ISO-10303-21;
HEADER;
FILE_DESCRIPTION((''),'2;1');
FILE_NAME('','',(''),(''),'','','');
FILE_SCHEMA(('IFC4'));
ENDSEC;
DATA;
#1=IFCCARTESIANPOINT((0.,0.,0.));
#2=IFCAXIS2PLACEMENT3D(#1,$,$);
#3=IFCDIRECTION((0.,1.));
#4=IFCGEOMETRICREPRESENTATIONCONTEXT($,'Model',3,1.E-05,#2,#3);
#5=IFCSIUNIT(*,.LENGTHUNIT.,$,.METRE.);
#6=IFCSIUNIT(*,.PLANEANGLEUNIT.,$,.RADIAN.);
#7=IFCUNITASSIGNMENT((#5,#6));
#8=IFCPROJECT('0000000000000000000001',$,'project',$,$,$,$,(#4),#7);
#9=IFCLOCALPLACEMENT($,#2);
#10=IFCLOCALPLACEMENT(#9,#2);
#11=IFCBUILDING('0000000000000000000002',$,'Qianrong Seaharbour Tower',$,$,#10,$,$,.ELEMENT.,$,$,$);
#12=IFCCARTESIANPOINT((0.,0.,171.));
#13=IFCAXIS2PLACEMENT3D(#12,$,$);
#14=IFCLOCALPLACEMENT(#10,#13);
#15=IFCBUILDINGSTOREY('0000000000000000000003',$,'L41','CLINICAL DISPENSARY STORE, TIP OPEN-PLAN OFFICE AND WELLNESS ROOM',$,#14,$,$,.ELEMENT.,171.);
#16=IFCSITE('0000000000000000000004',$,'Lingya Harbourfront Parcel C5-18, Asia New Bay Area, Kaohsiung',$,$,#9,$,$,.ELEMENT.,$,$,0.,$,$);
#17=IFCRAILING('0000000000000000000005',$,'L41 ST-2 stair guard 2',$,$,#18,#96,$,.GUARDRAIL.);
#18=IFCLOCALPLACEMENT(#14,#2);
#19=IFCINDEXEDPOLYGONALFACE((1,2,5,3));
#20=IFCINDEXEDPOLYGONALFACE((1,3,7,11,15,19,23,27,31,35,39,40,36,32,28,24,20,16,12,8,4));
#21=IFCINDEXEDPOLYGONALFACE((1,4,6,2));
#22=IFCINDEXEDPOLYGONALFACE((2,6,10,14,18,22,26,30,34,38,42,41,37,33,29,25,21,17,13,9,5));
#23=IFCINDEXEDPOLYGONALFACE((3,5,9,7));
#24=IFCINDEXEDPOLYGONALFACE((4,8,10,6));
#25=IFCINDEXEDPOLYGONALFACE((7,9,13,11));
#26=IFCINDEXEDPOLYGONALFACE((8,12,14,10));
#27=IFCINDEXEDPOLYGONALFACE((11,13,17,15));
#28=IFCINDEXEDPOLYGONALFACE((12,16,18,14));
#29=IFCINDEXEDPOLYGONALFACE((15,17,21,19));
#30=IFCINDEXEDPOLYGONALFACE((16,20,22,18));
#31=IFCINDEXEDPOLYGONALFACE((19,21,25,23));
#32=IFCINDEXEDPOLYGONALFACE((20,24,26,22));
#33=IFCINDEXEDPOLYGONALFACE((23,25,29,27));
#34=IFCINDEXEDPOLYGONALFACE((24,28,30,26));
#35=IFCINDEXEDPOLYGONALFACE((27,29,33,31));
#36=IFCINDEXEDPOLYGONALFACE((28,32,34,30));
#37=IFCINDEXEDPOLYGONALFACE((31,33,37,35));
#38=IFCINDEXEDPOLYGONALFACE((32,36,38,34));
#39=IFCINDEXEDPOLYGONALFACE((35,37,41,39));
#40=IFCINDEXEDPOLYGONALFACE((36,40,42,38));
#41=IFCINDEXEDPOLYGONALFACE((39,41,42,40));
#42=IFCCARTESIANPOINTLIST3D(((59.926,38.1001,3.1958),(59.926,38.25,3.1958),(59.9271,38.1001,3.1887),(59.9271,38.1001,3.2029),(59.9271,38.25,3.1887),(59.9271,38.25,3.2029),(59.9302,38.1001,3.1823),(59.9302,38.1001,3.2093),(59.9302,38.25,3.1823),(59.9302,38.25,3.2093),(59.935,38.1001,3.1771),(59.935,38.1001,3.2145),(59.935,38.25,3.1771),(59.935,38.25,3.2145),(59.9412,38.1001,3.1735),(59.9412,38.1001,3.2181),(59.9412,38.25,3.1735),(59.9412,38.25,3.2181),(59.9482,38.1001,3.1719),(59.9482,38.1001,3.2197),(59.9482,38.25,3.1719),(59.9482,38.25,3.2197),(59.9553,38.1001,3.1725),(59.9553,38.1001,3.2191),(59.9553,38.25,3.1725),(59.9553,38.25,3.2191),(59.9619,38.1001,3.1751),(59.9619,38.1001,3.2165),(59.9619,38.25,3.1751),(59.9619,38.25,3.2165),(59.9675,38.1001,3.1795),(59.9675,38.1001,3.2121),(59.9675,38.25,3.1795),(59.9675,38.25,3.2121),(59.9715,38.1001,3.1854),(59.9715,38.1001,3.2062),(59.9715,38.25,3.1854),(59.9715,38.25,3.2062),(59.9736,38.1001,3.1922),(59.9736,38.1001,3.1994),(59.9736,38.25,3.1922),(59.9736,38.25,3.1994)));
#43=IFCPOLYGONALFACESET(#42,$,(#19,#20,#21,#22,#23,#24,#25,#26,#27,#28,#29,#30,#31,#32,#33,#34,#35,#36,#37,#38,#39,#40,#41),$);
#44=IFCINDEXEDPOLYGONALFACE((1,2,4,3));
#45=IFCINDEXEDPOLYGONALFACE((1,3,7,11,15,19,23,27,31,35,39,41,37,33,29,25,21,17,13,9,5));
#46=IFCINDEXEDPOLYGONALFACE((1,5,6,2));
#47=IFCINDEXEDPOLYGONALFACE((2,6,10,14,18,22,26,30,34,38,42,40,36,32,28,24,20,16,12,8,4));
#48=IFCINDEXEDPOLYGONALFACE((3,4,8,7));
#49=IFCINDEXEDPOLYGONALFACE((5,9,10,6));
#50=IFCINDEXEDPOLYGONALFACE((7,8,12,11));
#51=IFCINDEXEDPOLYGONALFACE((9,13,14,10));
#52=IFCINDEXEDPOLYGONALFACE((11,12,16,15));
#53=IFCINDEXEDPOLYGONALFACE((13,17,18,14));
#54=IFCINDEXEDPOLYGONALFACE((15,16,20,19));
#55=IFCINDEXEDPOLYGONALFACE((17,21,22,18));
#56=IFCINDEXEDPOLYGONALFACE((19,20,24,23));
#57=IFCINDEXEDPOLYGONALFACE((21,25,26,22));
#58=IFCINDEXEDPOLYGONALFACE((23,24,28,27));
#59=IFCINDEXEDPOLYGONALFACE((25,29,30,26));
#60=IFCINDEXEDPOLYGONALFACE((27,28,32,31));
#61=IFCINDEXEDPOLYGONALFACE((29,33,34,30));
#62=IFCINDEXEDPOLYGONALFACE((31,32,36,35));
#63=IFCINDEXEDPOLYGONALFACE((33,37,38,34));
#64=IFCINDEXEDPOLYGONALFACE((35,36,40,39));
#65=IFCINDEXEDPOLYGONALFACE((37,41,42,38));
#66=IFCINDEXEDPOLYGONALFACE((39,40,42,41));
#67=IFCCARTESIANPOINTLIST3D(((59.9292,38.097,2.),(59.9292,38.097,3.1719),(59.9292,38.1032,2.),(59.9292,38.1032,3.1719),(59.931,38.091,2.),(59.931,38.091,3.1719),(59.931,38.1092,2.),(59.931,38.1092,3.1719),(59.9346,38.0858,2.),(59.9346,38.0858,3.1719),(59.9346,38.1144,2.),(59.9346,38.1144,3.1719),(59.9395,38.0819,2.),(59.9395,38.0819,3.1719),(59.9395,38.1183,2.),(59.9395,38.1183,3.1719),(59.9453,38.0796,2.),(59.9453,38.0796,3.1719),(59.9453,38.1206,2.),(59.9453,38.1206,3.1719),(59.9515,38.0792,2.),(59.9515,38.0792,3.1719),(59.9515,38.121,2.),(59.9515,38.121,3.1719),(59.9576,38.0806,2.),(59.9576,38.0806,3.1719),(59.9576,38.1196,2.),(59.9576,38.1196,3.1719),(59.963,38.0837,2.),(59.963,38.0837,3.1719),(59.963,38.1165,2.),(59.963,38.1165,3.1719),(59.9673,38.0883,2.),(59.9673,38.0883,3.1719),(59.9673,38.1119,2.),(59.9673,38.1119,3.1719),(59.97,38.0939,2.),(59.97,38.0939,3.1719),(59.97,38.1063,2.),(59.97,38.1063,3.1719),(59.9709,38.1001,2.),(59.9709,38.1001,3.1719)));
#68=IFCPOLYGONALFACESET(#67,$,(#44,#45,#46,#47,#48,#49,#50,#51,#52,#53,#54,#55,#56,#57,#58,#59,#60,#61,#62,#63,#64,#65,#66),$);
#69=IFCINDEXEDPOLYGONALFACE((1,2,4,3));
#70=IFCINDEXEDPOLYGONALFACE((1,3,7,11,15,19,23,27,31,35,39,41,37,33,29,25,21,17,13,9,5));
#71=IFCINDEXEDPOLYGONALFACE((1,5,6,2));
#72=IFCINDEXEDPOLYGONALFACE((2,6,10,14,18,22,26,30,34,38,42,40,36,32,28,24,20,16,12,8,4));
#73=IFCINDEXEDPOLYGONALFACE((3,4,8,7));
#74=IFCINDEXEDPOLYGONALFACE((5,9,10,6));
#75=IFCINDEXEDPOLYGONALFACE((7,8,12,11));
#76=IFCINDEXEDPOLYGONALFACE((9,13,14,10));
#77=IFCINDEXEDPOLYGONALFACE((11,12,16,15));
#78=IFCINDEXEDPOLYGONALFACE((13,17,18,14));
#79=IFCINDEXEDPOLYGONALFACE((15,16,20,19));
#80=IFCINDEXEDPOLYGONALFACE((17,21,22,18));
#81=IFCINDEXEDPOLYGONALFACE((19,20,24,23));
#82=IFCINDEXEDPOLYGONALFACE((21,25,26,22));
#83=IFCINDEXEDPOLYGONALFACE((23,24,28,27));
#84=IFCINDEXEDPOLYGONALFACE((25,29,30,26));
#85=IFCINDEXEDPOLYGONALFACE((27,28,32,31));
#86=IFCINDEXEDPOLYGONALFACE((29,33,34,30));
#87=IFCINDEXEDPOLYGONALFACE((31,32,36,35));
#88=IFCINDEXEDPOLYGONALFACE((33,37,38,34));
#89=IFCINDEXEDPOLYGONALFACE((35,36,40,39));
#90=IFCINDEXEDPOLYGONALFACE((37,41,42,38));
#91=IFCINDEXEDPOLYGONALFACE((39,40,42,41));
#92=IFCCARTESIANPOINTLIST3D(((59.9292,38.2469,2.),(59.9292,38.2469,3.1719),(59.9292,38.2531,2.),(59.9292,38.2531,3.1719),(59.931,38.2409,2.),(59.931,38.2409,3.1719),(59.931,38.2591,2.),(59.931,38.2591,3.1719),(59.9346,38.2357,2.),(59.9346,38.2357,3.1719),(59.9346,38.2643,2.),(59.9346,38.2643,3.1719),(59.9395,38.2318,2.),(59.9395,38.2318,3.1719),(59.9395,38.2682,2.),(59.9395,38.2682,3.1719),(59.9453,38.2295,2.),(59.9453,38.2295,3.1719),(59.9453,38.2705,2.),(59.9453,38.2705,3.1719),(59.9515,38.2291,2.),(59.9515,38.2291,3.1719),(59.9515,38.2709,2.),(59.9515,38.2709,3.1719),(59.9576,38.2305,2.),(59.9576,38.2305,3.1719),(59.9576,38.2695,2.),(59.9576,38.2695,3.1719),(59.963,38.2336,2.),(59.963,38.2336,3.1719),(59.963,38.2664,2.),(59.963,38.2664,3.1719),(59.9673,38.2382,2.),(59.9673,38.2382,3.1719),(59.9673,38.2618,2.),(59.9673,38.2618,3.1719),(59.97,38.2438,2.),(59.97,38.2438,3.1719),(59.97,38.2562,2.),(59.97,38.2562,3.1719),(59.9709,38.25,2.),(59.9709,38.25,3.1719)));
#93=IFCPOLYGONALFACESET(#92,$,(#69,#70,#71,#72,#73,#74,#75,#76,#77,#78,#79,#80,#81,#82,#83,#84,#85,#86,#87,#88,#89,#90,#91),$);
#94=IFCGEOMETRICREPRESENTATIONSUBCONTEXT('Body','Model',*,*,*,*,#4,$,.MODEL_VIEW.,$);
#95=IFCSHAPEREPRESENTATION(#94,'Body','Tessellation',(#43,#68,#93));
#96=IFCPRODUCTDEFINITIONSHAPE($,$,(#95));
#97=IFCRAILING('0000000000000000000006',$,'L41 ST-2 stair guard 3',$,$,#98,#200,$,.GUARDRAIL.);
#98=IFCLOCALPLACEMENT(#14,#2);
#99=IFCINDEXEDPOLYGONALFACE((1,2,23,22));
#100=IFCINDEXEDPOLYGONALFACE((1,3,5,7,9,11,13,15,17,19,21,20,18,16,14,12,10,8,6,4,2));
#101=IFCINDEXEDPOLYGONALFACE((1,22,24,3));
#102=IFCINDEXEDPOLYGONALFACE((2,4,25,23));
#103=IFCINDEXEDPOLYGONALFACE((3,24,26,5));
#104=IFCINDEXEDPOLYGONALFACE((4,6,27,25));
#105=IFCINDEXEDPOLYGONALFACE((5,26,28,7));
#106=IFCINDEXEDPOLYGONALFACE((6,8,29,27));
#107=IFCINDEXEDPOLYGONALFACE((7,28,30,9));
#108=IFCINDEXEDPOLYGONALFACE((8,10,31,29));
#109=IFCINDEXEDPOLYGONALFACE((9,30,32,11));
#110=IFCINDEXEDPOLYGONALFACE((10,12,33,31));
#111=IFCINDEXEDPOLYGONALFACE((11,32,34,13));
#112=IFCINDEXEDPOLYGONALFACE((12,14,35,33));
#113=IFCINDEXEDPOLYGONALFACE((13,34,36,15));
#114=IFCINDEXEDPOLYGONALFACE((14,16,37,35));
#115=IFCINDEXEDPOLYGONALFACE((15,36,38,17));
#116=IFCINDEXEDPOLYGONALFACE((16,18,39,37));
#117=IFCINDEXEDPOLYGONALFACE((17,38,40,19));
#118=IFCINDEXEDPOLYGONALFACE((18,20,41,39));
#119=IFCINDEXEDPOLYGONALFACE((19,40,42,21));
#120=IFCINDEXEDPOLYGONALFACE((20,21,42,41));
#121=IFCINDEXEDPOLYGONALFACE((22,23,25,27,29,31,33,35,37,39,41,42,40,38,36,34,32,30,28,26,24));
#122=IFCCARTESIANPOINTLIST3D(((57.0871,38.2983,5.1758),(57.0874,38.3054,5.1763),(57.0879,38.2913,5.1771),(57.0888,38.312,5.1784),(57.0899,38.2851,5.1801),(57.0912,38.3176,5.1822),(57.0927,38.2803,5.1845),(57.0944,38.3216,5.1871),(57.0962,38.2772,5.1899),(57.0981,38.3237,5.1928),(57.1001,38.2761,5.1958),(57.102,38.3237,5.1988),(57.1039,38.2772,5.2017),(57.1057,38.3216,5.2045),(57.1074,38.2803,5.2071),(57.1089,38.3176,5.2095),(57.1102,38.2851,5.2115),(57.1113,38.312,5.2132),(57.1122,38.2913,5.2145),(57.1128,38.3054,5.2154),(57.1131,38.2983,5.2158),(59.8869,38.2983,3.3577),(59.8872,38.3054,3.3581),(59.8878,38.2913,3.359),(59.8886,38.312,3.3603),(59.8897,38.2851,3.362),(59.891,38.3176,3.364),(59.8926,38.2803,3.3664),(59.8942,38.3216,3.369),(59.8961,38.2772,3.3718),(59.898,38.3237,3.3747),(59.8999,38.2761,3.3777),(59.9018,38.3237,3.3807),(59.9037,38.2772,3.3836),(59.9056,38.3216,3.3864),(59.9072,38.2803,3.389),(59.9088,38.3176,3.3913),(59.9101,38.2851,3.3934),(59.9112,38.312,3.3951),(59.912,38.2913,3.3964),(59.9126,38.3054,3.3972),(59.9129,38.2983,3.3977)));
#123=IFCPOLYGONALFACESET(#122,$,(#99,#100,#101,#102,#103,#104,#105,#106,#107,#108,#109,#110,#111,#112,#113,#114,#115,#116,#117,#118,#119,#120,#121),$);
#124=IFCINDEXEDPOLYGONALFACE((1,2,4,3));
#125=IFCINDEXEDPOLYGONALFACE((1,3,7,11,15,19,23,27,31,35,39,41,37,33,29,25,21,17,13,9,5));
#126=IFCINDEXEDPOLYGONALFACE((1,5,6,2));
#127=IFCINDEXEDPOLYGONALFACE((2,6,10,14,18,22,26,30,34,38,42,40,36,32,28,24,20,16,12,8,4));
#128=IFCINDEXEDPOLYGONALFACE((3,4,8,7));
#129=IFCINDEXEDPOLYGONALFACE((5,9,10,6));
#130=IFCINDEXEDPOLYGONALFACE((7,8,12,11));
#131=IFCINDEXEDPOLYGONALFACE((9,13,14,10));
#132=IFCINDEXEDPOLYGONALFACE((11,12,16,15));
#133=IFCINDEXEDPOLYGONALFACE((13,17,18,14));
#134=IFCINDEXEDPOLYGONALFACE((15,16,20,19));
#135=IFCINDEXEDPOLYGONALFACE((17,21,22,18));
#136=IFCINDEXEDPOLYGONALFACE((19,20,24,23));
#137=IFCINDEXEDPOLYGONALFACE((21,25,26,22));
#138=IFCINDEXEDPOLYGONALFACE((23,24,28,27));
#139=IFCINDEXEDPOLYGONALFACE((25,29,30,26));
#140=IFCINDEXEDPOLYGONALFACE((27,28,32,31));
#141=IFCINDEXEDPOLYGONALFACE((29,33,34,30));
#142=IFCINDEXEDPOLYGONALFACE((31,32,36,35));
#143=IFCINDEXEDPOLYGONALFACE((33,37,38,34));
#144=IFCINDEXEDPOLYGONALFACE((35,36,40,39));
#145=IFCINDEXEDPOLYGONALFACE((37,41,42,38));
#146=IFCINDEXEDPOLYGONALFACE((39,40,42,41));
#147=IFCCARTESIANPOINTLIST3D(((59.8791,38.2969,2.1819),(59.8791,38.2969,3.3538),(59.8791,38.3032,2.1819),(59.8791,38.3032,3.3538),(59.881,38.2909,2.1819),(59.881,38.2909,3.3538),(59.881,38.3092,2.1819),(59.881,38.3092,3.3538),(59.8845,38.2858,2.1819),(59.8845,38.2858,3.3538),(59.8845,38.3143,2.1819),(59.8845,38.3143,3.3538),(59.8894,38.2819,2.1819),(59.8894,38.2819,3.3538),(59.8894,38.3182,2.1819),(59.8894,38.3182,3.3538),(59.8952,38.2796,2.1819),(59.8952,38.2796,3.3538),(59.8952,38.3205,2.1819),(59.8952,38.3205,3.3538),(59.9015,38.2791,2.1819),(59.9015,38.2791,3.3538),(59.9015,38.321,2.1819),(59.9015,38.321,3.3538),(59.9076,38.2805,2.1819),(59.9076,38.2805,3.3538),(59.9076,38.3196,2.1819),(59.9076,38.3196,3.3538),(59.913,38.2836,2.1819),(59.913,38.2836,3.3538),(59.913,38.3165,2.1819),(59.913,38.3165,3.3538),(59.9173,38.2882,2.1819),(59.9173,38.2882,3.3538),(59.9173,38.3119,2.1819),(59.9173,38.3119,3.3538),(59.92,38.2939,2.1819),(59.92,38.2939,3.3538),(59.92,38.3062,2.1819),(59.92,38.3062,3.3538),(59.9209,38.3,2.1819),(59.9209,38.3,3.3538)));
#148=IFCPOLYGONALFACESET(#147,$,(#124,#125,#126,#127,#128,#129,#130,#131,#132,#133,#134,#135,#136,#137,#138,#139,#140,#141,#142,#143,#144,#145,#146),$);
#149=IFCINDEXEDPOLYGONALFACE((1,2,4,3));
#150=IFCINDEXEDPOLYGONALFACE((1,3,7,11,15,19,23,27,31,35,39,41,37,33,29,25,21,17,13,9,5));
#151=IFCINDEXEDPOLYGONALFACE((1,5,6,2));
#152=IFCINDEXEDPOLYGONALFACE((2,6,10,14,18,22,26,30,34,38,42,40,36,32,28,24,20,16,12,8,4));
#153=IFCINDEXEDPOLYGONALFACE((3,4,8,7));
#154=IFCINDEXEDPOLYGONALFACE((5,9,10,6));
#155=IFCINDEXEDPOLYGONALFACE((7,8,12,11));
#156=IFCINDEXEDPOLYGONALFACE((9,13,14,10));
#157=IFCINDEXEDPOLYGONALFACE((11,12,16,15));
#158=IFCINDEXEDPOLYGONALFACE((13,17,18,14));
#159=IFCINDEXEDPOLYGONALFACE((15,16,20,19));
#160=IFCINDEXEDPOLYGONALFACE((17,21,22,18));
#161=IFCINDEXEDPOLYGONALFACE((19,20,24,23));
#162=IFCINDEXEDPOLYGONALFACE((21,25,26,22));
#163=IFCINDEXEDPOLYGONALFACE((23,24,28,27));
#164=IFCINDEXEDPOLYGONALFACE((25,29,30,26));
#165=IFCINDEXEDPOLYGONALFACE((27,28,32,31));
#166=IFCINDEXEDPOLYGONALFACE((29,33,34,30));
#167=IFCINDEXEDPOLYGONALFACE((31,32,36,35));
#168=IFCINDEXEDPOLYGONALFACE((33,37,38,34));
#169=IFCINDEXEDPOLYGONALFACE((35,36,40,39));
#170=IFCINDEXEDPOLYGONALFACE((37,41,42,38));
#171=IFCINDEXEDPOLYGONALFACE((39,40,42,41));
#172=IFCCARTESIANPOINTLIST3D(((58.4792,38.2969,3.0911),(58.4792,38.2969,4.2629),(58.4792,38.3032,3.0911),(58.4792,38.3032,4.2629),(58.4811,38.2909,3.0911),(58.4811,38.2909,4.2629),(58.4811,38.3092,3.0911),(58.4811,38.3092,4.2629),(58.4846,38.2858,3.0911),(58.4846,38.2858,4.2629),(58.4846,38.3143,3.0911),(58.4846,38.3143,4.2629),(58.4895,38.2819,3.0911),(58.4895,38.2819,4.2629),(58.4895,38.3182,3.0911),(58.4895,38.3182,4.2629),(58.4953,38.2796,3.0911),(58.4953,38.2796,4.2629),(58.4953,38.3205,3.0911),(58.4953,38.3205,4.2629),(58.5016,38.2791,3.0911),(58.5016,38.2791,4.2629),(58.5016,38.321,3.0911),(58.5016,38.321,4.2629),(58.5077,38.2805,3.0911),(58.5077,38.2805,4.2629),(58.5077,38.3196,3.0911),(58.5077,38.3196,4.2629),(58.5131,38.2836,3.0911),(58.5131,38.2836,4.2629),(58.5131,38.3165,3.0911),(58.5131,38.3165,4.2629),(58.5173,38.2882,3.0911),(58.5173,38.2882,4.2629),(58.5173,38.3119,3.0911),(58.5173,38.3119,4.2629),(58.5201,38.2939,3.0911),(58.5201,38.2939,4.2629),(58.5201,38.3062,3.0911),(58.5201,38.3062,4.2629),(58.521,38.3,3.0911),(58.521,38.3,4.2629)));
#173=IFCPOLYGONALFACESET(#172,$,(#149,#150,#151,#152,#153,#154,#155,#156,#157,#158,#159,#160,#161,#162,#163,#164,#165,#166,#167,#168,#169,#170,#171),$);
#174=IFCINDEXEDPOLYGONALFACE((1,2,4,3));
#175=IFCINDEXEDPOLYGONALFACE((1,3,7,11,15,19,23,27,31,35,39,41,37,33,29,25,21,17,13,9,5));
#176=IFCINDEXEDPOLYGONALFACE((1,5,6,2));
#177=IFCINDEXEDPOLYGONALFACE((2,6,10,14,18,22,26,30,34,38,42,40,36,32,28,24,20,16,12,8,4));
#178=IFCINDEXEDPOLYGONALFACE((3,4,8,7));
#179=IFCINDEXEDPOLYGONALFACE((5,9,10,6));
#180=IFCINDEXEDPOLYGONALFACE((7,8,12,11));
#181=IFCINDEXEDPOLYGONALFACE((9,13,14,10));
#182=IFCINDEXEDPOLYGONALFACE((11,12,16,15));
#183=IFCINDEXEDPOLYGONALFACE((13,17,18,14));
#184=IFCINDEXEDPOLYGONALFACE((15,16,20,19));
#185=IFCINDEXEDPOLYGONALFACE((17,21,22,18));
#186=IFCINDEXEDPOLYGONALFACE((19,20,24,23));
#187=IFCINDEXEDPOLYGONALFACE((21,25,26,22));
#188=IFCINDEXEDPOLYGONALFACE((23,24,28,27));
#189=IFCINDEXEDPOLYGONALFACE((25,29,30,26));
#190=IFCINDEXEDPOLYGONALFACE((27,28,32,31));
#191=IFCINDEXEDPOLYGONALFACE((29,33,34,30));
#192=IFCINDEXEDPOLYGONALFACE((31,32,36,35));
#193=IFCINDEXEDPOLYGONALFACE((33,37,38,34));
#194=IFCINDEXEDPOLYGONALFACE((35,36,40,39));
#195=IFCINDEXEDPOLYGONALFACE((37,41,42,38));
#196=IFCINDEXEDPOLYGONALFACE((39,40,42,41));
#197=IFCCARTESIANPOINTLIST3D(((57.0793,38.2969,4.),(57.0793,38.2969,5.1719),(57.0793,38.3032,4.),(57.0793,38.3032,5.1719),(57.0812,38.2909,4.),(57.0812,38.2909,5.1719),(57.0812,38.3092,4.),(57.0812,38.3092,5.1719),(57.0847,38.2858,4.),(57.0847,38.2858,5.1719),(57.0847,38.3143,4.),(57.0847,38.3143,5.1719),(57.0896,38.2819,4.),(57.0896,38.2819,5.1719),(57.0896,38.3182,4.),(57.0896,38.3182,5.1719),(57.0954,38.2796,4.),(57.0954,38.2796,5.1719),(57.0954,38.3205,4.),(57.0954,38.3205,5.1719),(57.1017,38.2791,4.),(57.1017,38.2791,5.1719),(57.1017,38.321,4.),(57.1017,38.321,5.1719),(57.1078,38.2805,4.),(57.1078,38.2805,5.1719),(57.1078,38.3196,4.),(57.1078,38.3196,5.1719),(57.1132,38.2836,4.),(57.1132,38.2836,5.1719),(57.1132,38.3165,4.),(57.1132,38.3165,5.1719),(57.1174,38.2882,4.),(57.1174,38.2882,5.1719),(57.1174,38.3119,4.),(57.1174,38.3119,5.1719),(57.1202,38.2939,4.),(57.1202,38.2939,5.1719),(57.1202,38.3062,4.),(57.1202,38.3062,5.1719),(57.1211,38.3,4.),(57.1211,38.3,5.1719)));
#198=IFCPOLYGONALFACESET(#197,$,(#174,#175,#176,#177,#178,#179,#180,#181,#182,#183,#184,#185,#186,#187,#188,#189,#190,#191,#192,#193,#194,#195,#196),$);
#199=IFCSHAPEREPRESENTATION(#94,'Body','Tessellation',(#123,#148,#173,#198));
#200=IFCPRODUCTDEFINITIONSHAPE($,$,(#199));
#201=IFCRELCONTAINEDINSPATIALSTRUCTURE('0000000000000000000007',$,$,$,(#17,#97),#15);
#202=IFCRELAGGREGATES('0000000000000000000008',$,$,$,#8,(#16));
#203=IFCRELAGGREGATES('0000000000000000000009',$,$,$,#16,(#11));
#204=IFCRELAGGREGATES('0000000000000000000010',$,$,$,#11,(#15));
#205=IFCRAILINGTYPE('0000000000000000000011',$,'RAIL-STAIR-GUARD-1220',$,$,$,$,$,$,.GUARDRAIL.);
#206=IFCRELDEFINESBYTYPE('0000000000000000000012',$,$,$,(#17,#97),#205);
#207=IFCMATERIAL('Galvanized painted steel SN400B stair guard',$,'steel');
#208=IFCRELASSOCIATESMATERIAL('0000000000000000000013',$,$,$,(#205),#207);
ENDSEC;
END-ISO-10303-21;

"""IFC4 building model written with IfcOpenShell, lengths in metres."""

from ifc_helpers import new_model, si_unit, direction, frame, origin, origin_2d, place, context, subcontext, project, spatial, circle, extrude, material, type_object, element, save


model = new_model("IFC4")

# Units and contexts
model_context = context("Model", 3, precision=1e-05, world=origin(), true_north=direction((0.0, 1.0)))
body_context = subcontext(model_context, "Body", "Model", "MODEL_VIEW")
ifc_project = project(units=[si_unit("LENGTHUNIT", "METRE"), si_unit("PLANEANGLEUNIT", "RADIAN")], contexts=[model_context])

# Site, building, storey
site_placement = place(None, origin())
site = spatial("IfcSite", under=ifc_project, at=site_placement, Name="Lingya Harbourfront Parcel C5-18, Asia New Bay Area, Kaohsiung", CompositionType="ELEMENT", RefElevation=0.0)
building_placement = place(site_placement, origin())
building = spatial("IfcBuilding", under=site, at=building_placement, Name="Qianrong Seaharbour Tower", CompositionType="ELEMENT")
storey_placement = place(building_placement, frame((0.0, 0.0, 171.0)))
storey = spatial("IfcBuildingStorey", under=building, at=storey_placement, Name="L41", Description="CLINICAL DISPENSARY STORE, TIP OPEN-PLAN OFFICE AND WELLNESS ROOM", CompositionType="ELEMENT", Elevation=171.0)

# Railings
ifc_material_1 = material(Name="Galvanized painted steel SN400B stair guard", Category="steel")
railing_type_1 = type_object("IfcRailingType", Name="RAIL-STAIR-GUARD-1220", PredefinedType="GUARDRAIL", material=ifc_material_1)
railing_1_placement = place(storey_placement, frame((59.95, 38.1001, 2.0)))
element("IfcRailing", 1, at=railing_1_placement, inside=storey, type_object=railing_type_1, Name="L41 ST-2 stair guard 2", PredefinedType="GUARDRAIL", context=body_context, shape_type="SweptSolid", body=[
    extrude(circle(Radius=0.0239, at=origin_2d()), frame((0.0, 0.0, 1.1958), z_axis=(0.0, 1.0, 0.0), x_axis=(-1.0, 0.0, 0.0)), (0.0, 0.0, 1.0), 0.1499),
    extrude(circle(Radius=0.021, at=origin_2d()), origin(), (0.0, 0.0, 1.0), 1.1719),
    extrude(circle(Radius=0.021, at=origin_2d()), frame((0.0, 0.1499, 0.0)), (0.0, 0.0, 1.0), 1.1719),
])
railing_2_placement = place(storey_placement, frame((59.8999, 38.3, 2.1819)))
element("IfcRailing", 2, at=railing_2_placement, inside=storey, type_object=railing_type_1, Name="L41 ST-2 stair guard 3", PredefinedType="GUARDRAIL", context=body_context, shape_type="SweptSolid", body=[
    extrude(circle(Radius=0.0239, at=origin_2d()), frame((0.0, 0.0, 1.1958), z_axis=(-0.838684, 0.0, 0.544618), x_axis=(0.0, -1.0, 0.0)), (0.0, 0.0, 1.0), 3.3384),
    extrude(circle(Radius=0.021, at=origin_2d()), origin(), (0.0, 0.0, 1.0), 1.1719),
    extrude(circle(Radius=0.021, at=origin_2d()), frame((-1.3999, 0.0, 0.9092)), (0.0, 0.0, 1.0), 1.1719),
    extrude(circle(Radius=0.021, at=origin_2d()), frame((-2.7998, 0.0, 1.8181)), (0.0, 0.0, 1.0), 1.1719),
])

save(model, "model.ifc")
